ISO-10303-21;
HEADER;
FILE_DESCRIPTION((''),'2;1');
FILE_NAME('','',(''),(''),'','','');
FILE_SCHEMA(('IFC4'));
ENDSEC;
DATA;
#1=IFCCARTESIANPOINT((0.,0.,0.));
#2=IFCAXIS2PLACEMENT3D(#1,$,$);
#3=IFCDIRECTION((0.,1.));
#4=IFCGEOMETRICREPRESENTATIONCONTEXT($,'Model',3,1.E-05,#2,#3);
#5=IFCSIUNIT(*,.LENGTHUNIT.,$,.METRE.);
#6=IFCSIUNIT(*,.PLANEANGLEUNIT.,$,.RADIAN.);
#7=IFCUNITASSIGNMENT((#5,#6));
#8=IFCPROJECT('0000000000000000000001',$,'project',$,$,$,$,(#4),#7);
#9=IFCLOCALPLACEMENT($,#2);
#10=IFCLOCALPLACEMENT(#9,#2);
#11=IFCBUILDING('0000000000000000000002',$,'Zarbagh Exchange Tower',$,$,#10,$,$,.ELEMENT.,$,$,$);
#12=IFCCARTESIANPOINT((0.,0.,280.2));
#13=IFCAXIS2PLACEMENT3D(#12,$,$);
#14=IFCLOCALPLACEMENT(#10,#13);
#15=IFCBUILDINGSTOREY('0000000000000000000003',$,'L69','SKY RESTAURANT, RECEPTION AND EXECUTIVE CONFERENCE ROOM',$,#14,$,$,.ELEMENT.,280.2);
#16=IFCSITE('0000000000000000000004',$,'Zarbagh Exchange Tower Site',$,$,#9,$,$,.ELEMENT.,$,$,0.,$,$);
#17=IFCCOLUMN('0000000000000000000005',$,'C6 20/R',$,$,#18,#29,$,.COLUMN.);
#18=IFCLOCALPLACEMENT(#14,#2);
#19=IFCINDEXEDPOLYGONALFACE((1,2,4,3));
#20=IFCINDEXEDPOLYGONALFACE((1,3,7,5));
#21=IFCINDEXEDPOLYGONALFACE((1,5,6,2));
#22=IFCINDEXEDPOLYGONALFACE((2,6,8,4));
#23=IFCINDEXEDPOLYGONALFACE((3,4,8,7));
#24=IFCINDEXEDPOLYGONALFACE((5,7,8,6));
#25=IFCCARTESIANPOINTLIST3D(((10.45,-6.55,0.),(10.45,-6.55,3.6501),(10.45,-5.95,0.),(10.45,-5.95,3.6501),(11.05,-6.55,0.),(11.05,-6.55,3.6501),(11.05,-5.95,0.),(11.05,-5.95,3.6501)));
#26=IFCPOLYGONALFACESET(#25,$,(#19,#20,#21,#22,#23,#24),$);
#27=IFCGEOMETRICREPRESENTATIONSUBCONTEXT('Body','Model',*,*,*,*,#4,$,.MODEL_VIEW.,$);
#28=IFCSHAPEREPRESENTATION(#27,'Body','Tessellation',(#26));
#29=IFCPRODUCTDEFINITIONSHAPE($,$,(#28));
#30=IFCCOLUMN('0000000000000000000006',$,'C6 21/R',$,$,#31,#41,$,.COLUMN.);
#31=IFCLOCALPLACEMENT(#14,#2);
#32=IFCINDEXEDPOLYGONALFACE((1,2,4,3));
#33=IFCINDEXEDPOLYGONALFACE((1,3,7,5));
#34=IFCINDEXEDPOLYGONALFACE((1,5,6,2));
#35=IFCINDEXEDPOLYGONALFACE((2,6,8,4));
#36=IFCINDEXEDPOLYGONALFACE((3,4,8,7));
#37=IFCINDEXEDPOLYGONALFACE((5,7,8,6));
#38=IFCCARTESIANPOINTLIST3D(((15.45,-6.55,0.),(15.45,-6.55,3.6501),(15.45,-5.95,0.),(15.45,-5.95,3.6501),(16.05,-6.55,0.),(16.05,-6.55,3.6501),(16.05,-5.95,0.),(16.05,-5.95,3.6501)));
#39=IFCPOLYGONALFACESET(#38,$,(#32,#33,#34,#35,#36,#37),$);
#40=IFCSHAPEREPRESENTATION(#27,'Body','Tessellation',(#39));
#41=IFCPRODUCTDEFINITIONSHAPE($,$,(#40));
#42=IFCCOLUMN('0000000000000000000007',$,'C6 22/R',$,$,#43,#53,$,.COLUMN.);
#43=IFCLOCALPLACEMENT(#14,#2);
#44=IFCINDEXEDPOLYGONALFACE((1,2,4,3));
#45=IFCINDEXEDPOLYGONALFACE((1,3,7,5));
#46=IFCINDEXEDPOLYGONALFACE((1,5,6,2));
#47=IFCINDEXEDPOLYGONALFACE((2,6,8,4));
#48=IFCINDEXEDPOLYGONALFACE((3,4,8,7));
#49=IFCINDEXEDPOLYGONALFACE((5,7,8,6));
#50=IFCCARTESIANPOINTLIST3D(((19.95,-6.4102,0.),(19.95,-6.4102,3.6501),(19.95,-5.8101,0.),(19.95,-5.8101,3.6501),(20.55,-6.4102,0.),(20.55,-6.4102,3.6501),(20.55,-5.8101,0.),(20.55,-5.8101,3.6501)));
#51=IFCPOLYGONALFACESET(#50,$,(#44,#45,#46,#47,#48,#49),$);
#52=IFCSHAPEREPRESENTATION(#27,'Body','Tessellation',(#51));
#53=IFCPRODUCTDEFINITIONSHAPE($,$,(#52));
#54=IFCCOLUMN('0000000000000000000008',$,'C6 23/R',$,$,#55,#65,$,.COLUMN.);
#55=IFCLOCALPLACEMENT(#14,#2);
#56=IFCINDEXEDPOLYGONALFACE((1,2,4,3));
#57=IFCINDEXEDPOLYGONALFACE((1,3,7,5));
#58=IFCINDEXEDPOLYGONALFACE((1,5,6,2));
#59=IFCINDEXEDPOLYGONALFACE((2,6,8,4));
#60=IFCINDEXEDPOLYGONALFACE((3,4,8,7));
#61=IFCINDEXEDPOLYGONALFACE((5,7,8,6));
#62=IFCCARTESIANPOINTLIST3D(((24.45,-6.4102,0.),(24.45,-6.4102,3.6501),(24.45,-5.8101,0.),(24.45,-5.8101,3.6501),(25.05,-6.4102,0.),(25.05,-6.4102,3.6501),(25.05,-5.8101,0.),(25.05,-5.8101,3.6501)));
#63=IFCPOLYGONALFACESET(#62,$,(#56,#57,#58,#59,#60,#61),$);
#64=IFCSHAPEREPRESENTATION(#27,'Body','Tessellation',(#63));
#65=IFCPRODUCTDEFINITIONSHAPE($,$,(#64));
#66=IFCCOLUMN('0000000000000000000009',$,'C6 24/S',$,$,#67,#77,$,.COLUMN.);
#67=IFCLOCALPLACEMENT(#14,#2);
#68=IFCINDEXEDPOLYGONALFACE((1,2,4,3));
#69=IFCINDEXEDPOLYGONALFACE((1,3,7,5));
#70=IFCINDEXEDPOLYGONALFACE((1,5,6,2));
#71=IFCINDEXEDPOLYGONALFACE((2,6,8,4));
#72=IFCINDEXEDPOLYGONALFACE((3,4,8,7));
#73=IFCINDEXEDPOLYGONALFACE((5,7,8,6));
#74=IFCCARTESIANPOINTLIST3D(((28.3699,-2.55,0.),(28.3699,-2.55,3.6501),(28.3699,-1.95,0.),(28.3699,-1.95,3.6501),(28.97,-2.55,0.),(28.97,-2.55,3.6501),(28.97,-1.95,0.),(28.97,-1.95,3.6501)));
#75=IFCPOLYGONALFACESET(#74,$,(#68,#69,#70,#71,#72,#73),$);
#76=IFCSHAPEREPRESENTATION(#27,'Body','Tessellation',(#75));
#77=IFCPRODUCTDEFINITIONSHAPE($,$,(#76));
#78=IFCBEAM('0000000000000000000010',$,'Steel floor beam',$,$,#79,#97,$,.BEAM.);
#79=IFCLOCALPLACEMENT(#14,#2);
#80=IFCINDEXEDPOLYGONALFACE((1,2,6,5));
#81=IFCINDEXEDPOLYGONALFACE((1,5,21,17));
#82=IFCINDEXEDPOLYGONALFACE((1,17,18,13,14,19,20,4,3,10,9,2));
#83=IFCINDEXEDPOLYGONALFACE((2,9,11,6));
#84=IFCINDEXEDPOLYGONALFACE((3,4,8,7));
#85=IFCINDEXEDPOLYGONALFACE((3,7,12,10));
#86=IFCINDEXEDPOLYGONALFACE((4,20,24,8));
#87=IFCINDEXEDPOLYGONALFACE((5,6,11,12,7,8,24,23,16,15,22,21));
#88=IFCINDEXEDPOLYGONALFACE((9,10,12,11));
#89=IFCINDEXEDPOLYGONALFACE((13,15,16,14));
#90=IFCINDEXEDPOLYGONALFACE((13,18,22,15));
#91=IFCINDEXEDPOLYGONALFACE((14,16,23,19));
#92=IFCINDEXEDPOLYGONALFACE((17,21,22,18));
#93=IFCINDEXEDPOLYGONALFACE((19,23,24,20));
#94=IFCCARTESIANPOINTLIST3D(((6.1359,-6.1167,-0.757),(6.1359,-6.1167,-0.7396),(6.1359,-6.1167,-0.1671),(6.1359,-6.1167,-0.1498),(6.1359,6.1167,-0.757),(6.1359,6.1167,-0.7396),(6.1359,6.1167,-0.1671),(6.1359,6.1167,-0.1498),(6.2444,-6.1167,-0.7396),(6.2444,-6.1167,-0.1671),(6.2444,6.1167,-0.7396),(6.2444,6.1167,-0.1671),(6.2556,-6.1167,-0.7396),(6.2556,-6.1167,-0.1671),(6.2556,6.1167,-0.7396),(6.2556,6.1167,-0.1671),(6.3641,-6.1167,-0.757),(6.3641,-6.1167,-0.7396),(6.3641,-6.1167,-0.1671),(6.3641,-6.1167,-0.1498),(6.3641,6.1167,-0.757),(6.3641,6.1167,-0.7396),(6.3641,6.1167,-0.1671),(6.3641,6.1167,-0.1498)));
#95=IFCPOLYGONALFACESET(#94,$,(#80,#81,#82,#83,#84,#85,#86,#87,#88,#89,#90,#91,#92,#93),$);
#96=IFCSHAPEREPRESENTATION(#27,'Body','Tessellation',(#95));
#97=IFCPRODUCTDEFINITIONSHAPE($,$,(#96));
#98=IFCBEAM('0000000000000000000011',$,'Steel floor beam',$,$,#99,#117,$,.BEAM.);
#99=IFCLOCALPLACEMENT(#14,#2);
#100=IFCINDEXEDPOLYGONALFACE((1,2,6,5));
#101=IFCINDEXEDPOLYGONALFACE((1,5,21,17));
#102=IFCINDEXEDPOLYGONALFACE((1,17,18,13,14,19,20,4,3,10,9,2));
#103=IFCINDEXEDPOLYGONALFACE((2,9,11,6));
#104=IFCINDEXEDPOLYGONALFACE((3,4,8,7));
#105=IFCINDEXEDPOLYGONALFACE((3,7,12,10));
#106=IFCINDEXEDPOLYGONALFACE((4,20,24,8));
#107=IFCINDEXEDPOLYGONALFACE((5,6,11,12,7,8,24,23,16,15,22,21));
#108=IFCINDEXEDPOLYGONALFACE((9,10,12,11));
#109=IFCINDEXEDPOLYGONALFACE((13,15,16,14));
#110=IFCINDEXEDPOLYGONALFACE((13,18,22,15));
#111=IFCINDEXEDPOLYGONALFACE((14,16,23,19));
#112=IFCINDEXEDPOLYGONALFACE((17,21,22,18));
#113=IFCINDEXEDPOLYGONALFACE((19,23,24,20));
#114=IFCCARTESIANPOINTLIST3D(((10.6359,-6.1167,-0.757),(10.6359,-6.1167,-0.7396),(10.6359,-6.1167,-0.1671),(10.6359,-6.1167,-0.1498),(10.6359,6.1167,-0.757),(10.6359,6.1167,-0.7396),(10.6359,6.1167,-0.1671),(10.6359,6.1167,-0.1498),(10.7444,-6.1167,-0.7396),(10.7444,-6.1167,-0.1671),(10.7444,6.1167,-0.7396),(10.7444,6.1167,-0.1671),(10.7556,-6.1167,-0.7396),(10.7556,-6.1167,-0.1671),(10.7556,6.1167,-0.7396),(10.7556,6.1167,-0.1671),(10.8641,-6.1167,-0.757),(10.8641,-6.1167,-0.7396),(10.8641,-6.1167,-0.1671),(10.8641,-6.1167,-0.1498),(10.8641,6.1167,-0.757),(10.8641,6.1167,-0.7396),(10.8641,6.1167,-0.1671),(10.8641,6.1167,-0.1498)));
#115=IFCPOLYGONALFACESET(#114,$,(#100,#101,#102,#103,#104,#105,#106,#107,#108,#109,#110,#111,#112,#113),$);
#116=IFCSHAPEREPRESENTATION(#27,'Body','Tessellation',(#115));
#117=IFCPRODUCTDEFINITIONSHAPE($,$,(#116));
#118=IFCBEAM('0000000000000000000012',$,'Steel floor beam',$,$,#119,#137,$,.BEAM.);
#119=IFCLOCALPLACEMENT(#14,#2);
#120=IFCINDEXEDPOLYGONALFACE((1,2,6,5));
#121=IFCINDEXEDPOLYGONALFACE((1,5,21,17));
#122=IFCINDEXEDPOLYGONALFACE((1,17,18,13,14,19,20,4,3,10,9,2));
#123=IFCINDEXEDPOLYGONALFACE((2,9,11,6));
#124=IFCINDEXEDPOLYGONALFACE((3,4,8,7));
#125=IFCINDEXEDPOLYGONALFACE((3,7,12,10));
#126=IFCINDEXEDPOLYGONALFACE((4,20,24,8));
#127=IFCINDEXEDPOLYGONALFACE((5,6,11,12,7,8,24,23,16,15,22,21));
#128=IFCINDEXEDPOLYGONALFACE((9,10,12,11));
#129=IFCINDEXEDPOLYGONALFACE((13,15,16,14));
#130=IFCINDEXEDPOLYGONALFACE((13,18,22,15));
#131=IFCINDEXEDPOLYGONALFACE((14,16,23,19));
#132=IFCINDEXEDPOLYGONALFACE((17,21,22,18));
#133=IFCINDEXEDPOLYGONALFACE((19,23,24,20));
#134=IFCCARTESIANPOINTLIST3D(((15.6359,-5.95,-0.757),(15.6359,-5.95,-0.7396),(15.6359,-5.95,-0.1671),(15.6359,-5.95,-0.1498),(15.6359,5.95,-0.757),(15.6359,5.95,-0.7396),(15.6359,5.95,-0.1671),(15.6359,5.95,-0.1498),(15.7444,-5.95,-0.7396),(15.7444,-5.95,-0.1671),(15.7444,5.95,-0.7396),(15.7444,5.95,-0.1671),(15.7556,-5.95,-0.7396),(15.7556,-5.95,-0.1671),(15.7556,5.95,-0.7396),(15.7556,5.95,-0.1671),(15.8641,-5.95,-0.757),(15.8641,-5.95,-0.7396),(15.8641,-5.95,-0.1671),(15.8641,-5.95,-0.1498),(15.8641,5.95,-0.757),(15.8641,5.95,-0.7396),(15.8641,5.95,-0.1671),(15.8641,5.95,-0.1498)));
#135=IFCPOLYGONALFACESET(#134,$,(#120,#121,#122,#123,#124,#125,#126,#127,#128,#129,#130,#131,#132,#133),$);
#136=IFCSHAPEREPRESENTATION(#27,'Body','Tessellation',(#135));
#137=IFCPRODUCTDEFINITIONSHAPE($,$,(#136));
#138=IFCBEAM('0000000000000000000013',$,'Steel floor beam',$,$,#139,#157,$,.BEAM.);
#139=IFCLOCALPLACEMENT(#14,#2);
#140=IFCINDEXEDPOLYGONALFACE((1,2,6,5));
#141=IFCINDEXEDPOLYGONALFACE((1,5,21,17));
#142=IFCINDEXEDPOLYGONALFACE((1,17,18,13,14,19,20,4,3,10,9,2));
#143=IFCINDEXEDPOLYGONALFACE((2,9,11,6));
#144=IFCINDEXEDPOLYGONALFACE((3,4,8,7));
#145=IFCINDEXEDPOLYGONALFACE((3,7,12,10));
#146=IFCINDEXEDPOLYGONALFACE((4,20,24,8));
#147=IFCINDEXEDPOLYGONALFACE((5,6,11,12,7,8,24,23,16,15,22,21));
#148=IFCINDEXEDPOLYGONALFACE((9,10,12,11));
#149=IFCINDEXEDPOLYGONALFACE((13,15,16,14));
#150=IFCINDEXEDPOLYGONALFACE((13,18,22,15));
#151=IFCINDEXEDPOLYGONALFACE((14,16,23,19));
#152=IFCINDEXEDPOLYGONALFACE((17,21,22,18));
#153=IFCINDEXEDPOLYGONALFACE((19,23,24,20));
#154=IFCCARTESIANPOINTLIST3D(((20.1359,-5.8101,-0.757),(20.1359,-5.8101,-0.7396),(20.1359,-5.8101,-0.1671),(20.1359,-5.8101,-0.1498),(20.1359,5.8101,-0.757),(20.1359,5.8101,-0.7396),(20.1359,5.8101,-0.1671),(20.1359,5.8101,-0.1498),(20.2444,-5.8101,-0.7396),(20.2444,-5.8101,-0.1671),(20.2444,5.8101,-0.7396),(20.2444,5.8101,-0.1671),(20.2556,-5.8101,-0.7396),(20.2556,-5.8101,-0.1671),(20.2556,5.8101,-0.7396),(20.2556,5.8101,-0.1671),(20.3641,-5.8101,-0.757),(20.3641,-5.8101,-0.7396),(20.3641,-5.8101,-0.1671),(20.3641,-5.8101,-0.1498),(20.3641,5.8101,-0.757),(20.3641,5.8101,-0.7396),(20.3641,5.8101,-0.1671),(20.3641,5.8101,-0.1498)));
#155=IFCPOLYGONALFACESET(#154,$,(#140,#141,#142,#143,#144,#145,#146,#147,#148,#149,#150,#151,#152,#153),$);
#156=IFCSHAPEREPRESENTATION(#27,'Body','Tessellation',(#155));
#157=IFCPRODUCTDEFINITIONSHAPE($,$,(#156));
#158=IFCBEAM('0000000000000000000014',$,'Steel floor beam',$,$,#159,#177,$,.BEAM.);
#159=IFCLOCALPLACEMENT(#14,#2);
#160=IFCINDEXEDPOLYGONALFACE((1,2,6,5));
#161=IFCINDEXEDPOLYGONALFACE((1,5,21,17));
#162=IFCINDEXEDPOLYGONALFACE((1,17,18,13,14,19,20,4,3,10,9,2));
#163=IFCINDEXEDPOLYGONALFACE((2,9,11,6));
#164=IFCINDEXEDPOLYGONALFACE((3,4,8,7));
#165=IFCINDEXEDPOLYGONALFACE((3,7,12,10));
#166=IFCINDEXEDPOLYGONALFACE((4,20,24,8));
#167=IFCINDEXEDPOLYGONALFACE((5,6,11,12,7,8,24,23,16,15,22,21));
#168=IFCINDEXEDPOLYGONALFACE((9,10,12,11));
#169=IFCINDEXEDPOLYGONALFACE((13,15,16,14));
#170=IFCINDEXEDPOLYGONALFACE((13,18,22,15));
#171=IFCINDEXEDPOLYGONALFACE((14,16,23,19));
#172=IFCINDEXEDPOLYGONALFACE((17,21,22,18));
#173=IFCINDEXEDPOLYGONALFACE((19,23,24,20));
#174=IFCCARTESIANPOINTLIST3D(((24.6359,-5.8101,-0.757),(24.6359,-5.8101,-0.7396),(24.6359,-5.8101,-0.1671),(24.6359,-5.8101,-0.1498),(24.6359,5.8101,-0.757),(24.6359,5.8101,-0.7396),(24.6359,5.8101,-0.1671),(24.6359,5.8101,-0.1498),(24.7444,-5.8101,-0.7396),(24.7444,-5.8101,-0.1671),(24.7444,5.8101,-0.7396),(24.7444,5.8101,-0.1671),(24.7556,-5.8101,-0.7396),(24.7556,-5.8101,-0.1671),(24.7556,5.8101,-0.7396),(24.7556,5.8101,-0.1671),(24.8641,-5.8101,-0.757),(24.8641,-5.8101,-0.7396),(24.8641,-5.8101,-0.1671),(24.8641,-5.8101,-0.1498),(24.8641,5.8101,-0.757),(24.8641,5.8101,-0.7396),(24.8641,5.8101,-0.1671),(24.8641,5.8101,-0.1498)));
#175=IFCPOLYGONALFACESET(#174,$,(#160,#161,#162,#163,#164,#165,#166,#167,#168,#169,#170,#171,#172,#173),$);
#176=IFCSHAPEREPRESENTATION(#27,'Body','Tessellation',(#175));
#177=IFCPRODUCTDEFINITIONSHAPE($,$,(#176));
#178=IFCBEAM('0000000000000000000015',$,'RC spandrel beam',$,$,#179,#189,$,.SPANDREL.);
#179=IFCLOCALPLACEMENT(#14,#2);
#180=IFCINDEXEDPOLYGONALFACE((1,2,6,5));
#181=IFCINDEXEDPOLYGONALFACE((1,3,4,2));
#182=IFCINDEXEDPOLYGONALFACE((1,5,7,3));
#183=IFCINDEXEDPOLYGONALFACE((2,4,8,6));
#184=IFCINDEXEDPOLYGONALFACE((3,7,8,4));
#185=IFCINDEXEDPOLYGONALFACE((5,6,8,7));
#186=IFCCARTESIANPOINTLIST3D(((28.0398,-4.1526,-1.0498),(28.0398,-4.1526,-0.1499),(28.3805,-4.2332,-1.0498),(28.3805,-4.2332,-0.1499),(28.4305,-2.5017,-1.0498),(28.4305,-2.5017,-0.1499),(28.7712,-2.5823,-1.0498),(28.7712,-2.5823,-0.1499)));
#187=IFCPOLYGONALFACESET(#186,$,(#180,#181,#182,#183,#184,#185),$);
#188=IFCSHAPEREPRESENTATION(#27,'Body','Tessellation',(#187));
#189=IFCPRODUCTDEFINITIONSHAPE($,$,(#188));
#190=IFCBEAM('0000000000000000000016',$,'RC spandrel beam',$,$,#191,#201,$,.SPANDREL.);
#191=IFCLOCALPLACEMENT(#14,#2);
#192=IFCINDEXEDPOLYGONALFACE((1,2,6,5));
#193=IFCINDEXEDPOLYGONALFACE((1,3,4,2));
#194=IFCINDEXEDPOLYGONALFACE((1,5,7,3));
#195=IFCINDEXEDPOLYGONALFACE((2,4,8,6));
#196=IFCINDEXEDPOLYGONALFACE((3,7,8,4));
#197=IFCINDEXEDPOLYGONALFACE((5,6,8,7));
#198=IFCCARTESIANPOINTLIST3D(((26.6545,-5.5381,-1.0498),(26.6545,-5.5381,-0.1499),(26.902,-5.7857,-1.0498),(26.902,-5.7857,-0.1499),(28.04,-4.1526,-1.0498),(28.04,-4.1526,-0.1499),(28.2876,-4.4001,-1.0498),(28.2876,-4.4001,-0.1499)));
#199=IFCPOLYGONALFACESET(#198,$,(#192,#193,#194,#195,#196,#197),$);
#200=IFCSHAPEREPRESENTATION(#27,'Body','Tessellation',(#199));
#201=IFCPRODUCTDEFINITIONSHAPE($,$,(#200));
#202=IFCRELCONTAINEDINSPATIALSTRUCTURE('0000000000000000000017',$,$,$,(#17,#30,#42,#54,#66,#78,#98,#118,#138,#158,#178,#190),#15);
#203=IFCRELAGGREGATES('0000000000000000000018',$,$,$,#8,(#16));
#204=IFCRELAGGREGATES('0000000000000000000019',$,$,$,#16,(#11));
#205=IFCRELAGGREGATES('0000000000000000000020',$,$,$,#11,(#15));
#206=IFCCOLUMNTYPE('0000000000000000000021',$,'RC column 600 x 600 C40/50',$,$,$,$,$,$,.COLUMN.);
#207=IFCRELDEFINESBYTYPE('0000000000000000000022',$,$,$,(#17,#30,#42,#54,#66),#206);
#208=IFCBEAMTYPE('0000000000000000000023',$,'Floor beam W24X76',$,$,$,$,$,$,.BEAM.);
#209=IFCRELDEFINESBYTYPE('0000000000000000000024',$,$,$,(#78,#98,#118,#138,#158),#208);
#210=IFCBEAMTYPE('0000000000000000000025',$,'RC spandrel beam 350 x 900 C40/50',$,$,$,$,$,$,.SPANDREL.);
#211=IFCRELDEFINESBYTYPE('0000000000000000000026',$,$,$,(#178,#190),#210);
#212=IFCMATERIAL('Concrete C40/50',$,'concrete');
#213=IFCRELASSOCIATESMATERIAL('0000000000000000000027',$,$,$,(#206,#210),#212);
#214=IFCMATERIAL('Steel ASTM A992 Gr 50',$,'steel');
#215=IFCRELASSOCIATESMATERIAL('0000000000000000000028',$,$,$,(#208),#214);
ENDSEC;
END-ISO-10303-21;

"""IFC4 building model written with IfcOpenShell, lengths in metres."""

from ifc_helpers import new_model, si_unit, direction, frame, origin, origin_2d, place, context, subcontext, project, spatial, rectangle, i_section, extrude, material, material_profile, profile_set, type_object, element, save


model = new_model("IFC4")

# Units and contexts
model_context = context("Model", 3, precision=1e-05, world=origin(), true_north=direction((0.0, 1.0)))
body_context = subcontext(model_context, "Body", "Model", "MODEL_VIEW")
ifc_project = project(units=[si_unit("LENGTHUNIT", "METRE"), si_unit("PLANEANGLEUNIT", "RADIAN")], contexts=[model_context])

# Site, building, storey
site_placement = place(None, origin())
site = spatial("IfcSite", under=ifc_project, at=site_placement, Name="Zarbagh Exchange Tower Site", CompositionType="ELEMENT", RefElevation=0.0)
building_placement = place(site_placement, origin())
building = spatial("IfcBuilding", under=site, at=building_placement, Name="Zarbagh Exchange Tower", CompositionType="ELEMENT")
storey_placement = place(building_placement, frame((0.0, 0.0, 280.2)))
storey = spatial("IfcBuildingStorey", under=building, at=storey_placement, Name="L69", Description="SKY RESTAURANT, RECEPTION AND EXECUTIVE CONFERENCE ROOM", CompositionType="ELEMENT", Elevation=280.2)

# Columns
ifc_material_1 = material(Name="Concrete C40/50", Category="concrete")
ifc_material_profile_1 = material_profile(ifc_material_1, rectangle(XDim=0.6001, YDim=0.6001, at=origin_2d()), Name="RC column 600 x 600 C40/50")
ifc_profile_set_1 = profile_set([ifc_material_profile_1], Name="Concrete C40/50")
column_type = type_object("IfcColumnType", Name="RC column 600 x 600 C40/50", PredefinedType="COLUMN", material=ifc_profile_set_1)
for number, where, z_axis, x_axis, name in (
    (1, (10.75, -6.25, 0.0), (0.0, 0.0, 1.0), (1.0, 0.0, 0.0), "C6 20/R"),
    (2, (15.75, -6.25, 0.0), (0.0, 0.0, 1.0), (1.0, 0.0, 0.0), "C6 21/R"),
    (3, (20.25, -6.1101, 0.0), (0.0, 0.0, 1.0), (1.0, 0.0, 0.0), "C6 22/R"),
    (4, (24.75, -6.1101, 0.0), (0.0, 0.0, 1.0), (1.0, 0.0, 0.0), "C6 23/R"),
    (5, (28.6699, -2.25, 0.0), (0.0, 0.0, 1.0), (1.0, 0.0, 0.0), "C6 24/S"),
):
    element("IfcColumn", number, at=place(storey_placement, frame(where, z_axis=z_axis, x_axis=x_axis)), inside=storey, type_object=column_type, Name=name, PredefinedType="COLUMN", context=body_context, shape_type="SweptSolid", body=[
        extrude(rectangle(XDim=0.6001, YDim=0.6001, at=origin_2d()), origin(), (0.0, 0.0, 1.0), 3.6501),
    ])

# Beams
ifc_material_2 = material(Name="Steel ASTM A992 Gr 50", Category="steel")
ifc_material_profile_2 = material_profile(ifc_material_2, i_section(OverallWidth=0.2283, OverallDepth=0.6072, WebThickness=0.0112, FlangeThickness=0.0173, at=origin_2d()), Name="W24X76")
ifc_profile_set_2 = profile_set([ifc_material_profile_2], Name="Steel ASTM A992 Gr 50")
beam_type_1 = type_object("IfcBeamType", Name="Floor beam W24X76", PredefinedType="BEAM", material=ifc_profile_set_2)
for number, where, z_axis, x_axis, name in (
    (6, (6.25, -6.1167, -0.4534), (0.0, 1.0, 0.0), (-1.0, 0.0, 0.0), "Steel floor beam"),
    (7, (10.75, -6.1167, -0.4534), (0.0, 1.0, 0.0), (-1.0, 0.0, 0.0), "Steel floor beam"),
):
    element("IfcBeam", number, at=place(storey_placement, frame(where, z_axis=z_axis, x_axis=x_axis)), inside=storey, type_object=beam_type_1, Name=name, PredefinedType="BEAM", context=body_context, shape_type="SweptSolid", body=[
        extrude(i_section(OverallWidth=0.2283, OverallDepth=0.6072, WebThickness=0.0112, FlangeThickness=0.0173, at=origin_2d()), origin(), (0.0, 0.0, 1.0), 12.2334),
    ])
beam_1_placement = place(storey_placement, frame((15.75, -5.95, -0.4534), z_axis=(0.0, 1.0, 0.0), x_axis=(-1.0, 0.0, 0.0)))
element("IfcBeam", 8, at=beam_1_placement, inside=storey, type_object=beam_type_1, Name="Steel floor beam", PredefinedType="BEAM", context=body_context, shape_type="SweptSolid", body=[
    extrude(i_section(OverallWidth=0.2283, OverallDepth=0.6072, WebThickness=0.0112, FlangeThickness=0.0173, at=origin_2d()), origin(), (0.0, 0.0, 1.0), 11.8999),
])
for number, where, z_axis, x_axis, name in (
    (9, (20.25, -5.8101, -0.4534), (0.0, 1.0, 0.0), (-1.0, 0.0, 0.0), "Steel floor beam"),
    (10, (24.75, -5.8101, -0.4534), (0.0, 1.0, 0.0), (-1.0, 0.0, 0.0), "Steel floor beam"),
):
    element("IfcBeam", number, at=place(storey_placement, frame(where, z_axis=z_axis, x_axis=x_axis)), inside=storey, type_object=beam_type_1, Name=name, PredefinedType="BEAM", context=body_context, shape_type="SweptSolid", body=[
        extrude(i_section(OverallWidth=0.2283, OverallDepth=0.6072, WebThickness=0.0112, FlangeThickness=0.0173, at=origin_2d()), origin(), (0.0, 0.0, 1.0), 11.6201),
    ])
ifc_material_profile_3 = material_profile(ifc_material_1, rectangle(XDim=0.3501, YDim=0.8999, at=origin_2d()), Name="RC spandrel beam 350 x 900 C40/50")
ifc_profile_set_3 = profile_set([ifc_material_profile_3], Name="Concrete C40/50")
beam_type_2 = type_object("IfcBeamType", Name="RC spandrel beam 350 x 900 C40/50", PredefinedType="SPANDREL", material=ifc_profile_set_3)
beam_2_placement = place(storey_placement, frame((28.6008, -2.542, -0.5999), z_axis=(-0.230258, -0.97313, 0.0), x_axis=(0.97313, -0.230258, 0.0)))
element("IfcBeam", 11, at=beam_2_placement, inside=storey, type_object=beam_type_2, Name="RC spandrel beam", PredefinedType="SPANDREL", context=body_context, shape_type="SweptSolid", body=[
    extrude(rectangle(XDim=0.3501, YDim=0.8999, at=origin_2d()), origin(), (0.0, 0.0, 1.0), 1.6965),
])
beam_3_placement = place(storey_placement, frame((28.1638, -4.2764, -0.5999), z_axis=(-0.707107, -0.707107, 0.0), x_axis=(0.707107, -0.707107, 0.0)))
element("IfcBeam", 12, at=beam_3_placement, inside=storey, type_object=beam_type_2, Name="RC spandrel beam", PredefinedType="SPANDREL", context=body_context, shape_type="SweptSolid", body=[
    extrude(rectangle(XDim=0.3501, YDim=0.8999, at=origin_2d()), origin(), (0.0, 0.0, 1.0), 1.9595),
])

save(model, "model.ifc")
